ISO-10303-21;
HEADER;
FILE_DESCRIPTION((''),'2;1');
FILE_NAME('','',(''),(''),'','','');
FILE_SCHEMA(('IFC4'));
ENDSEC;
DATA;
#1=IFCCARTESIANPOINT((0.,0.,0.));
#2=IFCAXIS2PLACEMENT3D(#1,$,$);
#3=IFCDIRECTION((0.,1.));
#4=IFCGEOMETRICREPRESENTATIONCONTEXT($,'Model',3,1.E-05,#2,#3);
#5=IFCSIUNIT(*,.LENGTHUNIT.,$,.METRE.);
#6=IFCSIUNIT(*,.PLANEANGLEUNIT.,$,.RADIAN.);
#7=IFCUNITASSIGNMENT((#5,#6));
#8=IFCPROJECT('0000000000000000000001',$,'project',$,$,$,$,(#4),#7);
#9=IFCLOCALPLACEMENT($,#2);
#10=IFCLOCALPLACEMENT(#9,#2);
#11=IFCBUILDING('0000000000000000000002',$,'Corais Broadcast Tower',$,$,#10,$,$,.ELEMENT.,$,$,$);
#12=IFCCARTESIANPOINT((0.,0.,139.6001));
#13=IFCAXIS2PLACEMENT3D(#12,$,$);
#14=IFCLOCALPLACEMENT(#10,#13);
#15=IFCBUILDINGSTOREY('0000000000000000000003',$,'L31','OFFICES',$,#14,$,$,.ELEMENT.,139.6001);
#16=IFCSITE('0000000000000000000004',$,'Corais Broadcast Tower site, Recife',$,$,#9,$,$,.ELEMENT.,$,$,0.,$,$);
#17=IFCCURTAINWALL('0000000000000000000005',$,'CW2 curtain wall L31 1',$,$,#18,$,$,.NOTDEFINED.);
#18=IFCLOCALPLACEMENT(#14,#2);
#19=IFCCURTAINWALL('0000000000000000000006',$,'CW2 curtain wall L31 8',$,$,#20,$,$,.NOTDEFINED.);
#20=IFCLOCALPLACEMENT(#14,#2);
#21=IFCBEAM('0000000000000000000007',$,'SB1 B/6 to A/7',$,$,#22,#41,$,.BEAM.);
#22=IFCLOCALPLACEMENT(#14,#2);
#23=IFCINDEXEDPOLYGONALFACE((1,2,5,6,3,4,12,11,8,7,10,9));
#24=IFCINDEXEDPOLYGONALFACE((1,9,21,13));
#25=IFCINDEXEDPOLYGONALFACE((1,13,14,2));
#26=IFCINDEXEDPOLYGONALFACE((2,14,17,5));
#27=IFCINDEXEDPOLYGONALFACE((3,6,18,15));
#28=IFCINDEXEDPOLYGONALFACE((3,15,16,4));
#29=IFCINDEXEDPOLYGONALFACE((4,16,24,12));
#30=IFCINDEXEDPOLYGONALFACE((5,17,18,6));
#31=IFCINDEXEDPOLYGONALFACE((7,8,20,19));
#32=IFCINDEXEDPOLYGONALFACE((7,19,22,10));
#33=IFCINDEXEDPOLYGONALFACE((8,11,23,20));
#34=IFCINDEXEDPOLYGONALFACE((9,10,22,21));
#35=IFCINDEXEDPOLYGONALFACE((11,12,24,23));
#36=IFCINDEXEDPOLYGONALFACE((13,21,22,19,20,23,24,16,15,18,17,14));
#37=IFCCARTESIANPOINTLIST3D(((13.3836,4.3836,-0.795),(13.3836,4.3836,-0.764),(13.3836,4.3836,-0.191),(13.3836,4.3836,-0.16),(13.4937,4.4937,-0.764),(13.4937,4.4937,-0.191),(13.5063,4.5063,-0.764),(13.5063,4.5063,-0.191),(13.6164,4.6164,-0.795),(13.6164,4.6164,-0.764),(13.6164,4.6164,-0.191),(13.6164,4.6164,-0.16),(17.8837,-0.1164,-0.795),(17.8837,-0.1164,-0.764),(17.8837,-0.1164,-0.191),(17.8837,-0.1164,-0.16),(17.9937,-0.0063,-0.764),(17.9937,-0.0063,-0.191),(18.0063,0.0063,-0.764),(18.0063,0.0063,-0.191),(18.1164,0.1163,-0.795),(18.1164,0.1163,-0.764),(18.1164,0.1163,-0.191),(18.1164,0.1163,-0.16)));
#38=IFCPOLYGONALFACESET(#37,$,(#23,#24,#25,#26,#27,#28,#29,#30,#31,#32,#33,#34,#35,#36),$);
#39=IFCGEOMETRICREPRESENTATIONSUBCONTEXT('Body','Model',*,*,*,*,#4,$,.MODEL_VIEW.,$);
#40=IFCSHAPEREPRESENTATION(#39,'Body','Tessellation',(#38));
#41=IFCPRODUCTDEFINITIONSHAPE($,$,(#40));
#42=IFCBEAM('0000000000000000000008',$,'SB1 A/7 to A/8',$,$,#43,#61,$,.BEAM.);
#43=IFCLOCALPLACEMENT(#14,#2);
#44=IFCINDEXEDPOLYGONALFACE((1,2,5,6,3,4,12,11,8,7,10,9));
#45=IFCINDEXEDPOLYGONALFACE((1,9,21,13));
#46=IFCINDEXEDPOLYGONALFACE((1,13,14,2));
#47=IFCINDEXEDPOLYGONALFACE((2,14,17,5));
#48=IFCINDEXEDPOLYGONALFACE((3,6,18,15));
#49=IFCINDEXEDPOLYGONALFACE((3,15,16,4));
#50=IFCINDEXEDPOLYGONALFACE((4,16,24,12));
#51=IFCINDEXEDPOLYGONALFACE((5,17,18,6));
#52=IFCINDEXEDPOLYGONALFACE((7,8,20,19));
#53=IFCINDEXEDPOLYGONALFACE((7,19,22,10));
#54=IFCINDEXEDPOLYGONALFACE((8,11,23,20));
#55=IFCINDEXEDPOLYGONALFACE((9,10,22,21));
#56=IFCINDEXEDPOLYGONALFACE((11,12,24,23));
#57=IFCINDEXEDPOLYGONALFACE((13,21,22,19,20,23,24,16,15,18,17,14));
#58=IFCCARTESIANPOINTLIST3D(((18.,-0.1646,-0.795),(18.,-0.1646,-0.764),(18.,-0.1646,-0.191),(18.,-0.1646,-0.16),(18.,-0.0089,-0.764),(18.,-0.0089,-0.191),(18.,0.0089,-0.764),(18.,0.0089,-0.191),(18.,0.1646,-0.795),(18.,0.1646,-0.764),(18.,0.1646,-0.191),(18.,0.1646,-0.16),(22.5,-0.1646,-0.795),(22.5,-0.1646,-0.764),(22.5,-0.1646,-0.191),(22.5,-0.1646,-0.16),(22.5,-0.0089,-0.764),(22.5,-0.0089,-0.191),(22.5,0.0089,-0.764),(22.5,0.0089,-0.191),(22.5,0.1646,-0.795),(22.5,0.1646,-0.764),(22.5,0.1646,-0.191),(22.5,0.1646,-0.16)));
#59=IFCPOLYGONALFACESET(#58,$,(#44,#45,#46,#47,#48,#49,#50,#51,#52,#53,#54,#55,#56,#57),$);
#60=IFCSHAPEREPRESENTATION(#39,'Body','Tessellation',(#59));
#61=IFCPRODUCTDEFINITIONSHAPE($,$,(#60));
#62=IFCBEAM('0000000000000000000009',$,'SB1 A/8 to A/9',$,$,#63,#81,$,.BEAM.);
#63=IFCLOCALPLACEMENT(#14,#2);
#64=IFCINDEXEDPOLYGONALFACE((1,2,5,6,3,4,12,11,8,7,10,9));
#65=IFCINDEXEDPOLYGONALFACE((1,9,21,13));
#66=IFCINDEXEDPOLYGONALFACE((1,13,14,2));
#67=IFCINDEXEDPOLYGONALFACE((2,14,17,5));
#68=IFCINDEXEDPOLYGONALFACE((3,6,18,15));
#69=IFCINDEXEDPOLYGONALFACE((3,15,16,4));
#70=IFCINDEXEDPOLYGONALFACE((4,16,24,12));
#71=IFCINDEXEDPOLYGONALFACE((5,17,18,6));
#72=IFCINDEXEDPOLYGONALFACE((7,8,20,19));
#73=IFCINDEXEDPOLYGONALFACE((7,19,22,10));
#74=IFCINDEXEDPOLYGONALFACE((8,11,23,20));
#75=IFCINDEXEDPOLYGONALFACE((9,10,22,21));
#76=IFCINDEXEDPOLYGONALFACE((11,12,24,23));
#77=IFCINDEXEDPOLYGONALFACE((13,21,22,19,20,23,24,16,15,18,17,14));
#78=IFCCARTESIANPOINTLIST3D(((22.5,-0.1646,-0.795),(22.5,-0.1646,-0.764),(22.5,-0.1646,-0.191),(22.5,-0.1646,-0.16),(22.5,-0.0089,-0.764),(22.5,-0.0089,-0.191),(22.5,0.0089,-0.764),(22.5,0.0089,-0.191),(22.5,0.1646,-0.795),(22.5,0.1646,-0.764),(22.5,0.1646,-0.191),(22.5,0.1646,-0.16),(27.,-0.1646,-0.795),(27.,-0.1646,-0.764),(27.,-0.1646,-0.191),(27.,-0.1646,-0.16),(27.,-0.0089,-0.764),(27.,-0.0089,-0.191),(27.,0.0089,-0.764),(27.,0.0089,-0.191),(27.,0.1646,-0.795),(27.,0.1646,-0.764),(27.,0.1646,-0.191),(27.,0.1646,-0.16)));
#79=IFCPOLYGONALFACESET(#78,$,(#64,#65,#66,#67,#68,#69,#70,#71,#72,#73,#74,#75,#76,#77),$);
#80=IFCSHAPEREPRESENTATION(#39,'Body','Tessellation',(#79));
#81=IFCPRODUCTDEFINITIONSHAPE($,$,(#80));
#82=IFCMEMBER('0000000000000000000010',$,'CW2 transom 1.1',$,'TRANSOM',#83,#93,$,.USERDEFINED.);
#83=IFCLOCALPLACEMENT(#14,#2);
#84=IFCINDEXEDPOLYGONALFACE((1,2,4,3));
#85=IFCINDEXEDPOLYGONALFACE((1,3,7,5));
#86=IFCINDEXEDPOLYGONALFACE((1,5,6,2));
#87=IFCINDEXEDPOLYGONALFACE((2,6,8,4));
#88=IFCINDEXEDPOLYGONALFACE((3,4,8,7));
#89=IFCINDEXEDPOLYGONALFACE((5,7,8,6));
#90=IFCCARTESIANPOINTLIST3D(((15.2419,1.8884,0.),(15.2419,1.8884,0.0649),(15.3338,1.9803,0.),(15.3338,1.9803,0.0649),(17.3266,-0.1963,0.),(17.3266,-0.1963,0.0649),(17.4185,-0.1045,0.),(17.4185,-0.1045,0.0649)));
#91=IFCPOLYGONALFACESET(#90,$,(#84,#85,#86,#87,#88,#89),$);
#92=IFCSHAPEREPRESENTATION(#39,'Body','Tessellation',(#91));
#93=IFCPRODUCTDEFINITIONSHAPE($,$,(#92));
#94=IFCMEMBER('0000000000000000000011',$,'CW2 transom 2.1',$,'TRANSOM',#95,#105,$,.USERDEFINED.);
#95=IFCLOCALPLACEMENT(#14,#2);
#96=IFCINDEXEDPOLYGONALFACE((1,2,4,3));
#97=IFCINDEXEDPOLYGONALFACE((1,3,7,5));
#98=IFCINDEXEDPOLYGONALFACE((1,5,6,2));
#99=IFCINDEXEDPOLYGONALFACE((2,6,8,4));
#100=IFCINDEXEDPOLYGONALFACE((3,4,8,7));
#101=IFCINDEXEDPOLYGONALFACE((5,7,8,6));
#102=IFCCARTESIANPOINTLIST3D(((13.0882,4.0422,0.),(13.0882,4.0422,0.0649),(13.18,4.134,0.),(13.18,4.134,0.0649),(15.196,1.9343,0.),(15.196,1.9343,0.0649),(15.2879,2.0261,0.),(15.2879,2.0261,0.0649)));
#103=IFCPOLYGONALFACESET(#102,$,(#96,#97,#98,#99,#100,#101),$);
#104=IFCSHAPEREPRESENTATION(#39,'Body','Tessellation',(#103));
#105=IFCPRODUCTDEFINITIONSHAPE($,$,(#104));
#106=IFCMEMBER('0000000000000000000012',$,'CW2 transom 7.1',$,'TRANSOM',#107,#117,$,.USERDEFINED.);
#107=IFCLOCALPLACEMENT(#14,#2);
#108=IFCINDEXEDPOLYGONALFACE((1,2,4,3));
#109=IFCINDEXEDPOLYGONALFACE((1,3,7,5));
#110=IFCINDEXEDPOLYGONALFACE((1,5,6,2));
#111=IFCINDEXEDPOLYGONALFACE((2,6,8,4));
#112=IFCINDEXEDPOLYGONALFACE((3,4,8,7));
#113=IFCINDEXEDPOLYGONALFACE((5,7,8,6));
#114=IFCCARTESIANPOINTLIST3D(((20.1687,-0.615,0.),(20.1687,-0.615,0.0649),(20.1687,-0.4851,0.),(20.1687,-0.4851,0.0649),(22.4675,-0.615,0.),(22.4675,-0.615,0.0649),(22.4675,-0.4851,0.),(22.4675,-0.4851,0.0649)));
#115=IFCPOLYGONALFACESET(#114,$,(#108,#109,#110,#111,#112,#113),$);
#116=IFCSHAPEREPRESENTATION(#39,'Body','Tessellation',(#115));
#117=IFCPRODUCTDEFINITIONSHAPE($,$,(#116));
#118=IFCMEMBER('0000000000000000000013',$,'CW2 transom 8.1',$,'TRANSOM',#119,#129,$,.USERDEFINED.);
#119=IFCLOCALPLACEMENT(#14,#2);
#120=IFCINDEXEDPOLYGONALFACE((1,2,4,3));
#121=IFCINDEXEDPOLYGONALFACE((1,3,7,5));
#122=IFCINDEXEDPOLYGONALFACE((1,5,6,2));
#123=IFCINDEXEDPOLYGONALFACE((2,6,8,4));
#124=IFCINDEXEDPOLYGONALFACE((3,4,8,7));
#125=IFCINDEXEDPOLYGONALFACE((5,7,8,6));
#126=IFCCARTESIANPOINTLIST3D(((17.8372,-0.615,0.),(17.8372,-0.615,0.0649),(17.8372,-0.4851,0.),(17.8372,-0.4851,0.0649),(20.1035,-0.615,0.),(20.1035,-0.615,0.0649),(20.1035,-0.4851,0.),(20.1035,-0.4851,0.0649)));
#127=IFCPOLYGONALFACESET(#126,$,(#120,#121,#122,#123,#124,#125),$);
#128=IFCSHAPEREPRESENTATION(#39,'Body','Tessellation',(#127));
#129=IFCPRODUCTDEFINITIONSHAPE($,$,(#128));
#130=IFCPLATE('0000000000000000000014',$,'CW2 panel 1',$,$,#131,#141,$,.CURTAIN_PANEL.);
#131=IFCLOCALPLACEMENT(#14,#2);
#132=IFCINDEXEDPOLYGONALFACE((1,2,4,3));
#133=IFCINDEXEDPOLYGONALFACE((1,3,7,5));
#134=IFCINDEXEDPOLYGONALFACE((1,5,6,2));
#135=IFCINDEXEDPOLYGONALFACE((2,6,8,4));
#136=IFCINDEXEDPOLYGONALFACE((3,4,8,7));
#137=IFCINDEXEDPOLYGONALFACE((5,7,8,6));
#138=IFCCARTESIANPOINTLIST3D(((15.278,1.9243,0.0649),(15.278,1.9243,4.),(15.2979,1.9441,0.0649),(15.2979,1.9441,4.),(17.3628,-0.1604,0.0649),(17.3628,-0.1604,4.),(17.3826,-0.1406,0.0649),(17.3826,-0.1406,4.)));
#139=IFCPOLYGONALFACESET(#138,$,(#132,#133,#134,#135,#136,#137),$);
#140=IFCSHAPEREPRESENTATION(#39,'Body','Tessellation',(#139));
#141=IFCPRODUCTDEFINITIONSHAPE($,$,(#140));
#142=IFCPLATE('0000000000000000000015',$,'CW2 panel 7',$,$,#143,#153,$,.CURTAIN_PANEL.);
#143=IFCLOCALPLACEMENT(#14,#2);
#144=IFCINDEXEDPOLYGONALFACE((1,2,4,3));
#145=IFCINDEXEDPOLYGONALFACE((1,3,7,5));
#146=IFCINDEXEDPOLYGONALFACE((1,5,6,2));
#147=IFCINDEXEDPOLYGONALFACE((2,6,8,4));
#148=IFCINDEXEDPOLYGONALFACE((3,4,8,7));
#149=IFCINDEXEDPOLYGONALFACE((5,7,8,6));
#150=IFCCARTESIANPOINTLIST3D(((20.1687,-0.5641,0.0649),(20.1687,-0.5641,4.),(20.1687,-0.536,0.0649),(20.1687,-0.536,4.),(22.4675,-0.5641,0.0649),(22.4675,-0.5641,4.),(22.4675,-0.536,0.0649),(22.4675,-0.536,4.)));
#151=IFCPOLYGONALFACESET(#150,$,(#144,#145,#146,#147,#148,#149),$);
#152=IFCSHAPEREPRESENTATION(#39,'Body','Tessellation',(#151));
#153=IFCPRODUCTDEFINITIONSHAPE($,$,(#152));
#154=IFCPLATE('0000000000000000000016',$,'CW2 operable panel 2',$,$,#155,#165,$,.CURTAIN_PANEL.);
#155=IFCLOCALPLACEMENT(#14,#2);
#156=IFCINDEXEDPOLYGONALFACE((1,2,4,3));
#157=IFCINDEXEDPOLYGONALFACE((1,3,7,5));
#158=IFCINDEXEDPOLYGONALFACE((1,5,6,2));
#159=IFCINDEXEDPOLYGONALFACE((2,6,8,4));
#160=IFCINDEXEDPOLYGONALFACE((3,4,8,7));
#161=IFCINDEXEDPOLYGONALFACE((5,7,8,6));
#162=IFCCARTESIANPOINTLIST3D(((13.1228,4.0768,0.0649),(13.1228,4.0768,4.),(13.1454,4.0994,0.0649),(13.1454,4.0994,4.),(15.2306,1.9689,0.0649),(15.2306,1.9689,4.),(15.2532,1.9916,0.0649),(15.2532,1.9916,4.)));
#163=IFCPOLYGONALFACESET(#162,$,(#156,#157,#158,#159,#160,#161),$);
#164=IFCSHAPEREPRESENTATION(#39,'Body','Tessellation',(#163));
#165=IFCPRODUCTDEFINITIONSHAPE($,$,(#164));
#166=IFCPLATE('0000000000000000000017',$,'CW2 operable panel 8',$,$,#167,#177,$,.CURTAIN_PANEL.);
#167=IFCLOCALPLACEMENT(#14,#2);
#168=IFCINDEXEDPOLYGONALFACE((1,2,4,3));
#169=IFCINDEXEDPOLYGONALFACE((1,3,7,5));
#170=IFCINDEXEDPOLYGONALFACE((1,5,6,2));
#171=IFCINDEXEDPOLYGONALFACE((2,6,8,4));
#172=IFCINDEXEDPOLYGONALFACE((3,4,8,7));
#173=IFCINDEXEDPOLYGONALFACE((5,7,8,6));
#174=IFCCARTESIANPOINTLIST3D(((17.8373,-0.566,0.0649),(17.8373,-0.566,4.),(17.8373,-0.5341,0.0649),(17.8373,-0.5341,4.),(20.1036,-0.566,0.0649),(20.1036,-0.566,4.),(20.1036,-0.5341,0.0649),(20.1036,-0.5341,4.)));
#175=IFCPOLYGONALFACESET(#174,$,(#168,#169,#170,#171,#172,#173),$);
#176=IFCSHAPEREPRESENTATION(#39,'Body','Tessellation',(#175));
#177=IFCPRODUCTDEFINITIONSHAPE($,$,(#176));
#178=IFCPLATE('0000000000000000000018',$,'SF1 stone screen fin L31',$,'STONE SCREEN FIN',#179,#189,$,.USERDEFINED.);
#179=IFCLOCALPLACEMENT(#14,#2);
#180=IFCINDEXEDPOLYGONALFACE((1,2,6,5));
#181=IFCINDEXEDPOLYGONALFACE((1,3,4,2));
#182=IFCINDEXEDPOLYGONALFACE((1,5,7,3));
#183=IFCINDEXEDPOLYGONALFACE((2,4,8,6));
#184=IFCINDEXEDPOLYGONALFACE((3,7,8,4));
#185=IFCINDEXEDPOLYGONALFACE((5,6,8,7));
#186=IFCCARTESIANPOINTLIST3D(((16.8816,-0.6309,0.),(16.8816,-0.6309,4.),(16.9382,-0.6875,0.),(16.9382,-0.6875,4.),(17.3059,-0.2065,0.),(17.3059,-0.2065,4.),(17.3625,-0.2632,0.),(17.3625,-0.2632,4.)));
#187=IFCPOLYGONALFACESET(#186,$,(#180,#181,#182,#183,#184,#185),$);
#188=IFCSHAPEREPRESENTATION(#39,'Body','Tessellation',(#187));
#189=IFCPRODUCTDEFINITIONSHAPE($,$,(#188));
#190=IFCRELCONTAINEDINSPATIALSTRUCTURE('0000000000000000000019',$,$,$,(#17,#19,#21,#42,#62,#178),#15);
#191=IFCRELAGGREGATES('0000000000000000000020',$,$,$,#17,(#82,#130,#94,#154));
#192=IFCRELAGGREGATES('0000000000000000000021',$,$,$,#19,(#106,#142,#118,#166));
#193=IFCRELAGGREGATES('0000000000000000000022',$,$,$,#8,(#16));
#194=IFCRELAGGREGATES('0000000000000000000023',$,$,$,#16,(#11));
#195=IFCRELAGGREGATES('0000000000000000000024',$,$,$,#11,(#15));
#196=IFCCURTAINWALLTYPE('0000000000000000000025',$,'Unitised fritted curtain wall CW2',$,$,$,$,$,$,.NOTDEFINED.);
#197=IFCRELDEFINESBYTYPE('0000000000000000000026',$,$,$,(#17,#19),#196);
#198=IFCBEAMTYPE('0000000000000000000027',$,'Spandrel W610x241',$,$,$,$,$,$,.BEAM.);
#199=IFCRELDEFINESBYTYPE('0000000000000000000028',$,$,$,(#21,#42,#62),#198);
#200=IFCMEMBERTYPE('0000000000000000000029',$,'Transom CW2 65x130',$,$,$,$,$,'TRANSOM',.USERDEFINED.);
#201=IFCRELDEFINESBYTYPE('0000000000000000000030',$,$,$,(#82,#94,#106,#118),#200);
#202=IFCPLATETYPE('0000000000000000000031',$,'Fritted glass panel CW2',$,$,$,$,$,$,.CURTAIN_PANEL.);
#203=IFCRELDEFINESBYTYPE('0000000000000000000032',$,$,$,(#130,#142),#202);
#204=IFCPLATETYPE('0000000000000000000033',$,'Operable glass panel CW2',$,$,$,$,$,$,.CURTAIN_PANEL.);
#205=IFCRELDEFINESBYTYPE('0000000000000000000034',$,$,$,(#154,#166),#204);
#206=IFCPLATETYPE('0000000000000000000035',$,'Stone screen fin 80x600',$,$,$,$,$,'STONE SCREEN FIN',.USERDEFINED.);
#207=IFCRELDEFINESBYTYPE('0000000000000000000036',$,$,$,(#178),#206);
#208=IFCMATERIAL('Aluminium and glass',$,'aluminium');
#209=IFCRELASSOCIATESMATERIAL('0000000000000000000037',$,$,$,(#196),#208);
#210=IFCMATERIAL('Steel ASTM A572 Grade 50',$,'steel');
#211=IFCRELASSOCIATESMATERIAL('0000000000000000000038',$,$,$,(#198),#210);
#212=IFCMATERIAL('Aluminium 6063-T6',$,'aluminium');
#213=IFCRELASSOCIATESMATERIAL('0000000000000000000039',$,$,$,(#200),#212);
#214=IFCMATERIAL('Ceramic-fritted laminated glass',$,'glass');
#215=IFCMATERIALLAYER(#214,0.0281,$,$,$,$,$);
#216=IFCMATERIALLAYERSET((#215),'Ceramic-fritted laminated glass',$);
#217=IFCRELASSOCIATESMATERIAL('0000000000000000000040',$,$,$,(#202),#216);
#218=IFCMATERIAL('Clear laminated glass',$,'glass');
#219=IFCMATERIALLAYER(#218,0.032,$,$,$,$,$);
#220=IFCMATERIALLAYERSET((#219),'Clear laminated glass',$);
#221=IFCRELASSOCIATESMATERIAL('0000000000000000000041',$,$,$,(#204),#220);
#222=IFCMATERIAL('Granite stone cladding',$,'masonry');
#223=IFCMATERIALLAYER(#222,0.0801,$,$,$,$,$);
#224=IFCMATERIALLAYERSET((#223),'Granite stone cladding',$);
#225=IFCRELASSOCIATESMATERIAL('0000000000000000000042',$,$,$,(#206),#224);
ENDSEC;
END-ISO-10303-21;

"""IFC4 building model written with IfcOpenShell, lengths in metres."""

from ifc_helpers import new_model, si_unit, direction, frame, origin, origin_2d, place, context, subcontext, project, spatial, rectangle, i_section, extrude, material, layer, layer_set, material_profile, profile_set, type_object, element, aggregate, save


model = new_model("IFC4")

# Units and contexts
model_context = context("Model", 3, precision=1e-05, world=origin(), true_north=direction((0.0, 1.0)))
body_context = subcontext(model_context, "Body", "Model", "MODEL_VIEW")
ifc_project = project(units=[si_unit("LENGTHUNIT", "METRE"), si_unit("PLANEANGLEUNIT", "RADIAN")], contexts=[model_context])

# Site, building, storey
site_placement = place(None, origin())
site = spatial("IfcSite", under=ifc_project, at=site_placement, Name="Corais Broadcast Tower site, Recife", CompositionType="ELEMENT", RefElevation=0.0)
building_placement = place(site_placement, origin())
building = spatial("IfcBuilding", under=site, at=building_placement, Name="Corais Broadcast Tower", CompositionType="ELEMENT")
storey_placement = place(building_placement, frame((0.0, 0.0, 139.6001)))
storey = spatial("IfcBuildingStorey", under=building, at=storey_placement, Name="L31", Description="OFFICES", CompositionType="ELEMENT", Elevation=139.6001)

# Curtain walls
ifc_material_1 = material(Name="Aluminium and glass", Category="aluminium")
curtain_wall_type = type_object("IfcCurtainWallType", Name="Unitised fritted curtain wall CW2", PredefinedType="NOTDEFINED", material=ifc_material_1)
curtain_wall_1_placement = place(storey_placement, origin())
curtain_wall_1 = element("IfcCurtainWall", 1, at=curtain_wall_1_placement, inside=storey, type_object=curtain_wall_type, Name="CW2 curtain wall L31 1", PredefinedType="NOTDEFINED")
curtain_wall_2_placement = place(storey_placement, origin())
curtain_wall_2 = element("IfcCurtainWall", 2, at=curtain_wall_2_placement, inside=storey, type_object=curtain_wall_type, Name="CW2 curtain wall L31 8", PredefinedType="NOTDEFINED")

# Beams
ifc_material_2 = material(Name="Steel ASTM A572 Grade 50", Category="steel")
ifc_material_profile_1 = material_profile(ifc_material_2, i_section(OverallWidth=0.3291, OverallDepth=0.635, WebThickness=0.0178, FlangeThickness=0.031, at=origin_2d()), Name="W610x241")
ifc_profile_set_1 = profile_set([ifc_material_profile_1], Name="Steel ASTM A572 Grade 50")
beam_type_1 = type_object("IfcBeamType", Name="Spandrel W610x241", PredefinedType="BEAM", material=ifc_profile_set_1)
beam_1_placement = place(storey_placement, frame((13.5, 4.5, -0.4775), z_axis=(0.707107, -0.707107, 0.0), x_axis=(0.707107, 0.707107, 0.0)))
element("IfcBeam", 3, at=beam_1_placement, inside=storey, type_object=beam_type_1, Name="SB1 B/6 to A/7", PredefinedType="BEAM", context=body_context, shape_type="SweptSolid", body=[
    extrude(i_section(OverallWidth=0.3291, OverallDepth=0.635, WebThickness=0.0178, FlangeThickness=0.031, at=origin_2d()), origin(), (0.0, 0.0, 1.0), 6.364),
])
for number, where, z_axis, x_axis, name in (
    (4, (18.0, 0.0, -0.4775), (1.0, 0.0, 0.0), (0.0, 1.0, 0.0), "SB1 A/7 to A/8"),
    (5, (22.5, 0.0, -0.4775), (1.0, 0.0, 0.0), (0.0, 1.0, 0.0), "SB1 A/8 to A/9"),
):
    element("IfcBeam", number, at=place(storey_placement, frame(where, z_axis=z_axis, x_axis=x_axis)), inside=storey, type_object=beam_type_1, Name=name, PredefinedType="BEAM", context=body_context, shape_type="SweptSolid", body=[
        extrude(i_section(OverallWidth=0.3291, OverallDepth=0.635, WebThickness=0.0178, FlangeThickness=0.031, at=origin_2d()), origin(), (0.0, 0.0, 1.0), 4.5),
    ])

# Members
ifc_material_3 = material(Name="Aluminium 6063-T6", Category="aluminium")
ifc_material_profile_2 = material_profile(ifc_material_3, rectangle(XDim=0.1299, YDim=0.0649, at=origin_2d()), Name="Transom CW2 65x130")
ifc_profile_set_2 = profile_set([ifc_material_profile_2], Name="Aluminium 6063-T6")
member_type_1 = type_object("IfcMemberType", Name="Transom CW2 65x130", ElementType="TRANSOM", PredefinedType="USERDEFINED", material=ifc_profile_set_2)
member_1_placement = place(storey_placement, frame((17.3726, -0.1504, 0.0325), z_axis=(-0.707107, 0.707107, 0.0), x_axis=(-0.707107, -0.707107, 0.0)))
member_1 = element("IfcMember", 6, at=member_1_placement, type_object=member_type_1, Name="CW2 transom 1.1", ObjectType="TRANSOM", PredefinedType="USERDEFINED", context=body_context, shape_type="SweptSolid", body=[
    extrude(rectangle(XDim=0.1299, YDim=0.0649, at=origin_2d()), origin(), (0.0, 0.0, 1.0), 2.9482),
])
member_2_placement = place(storey_placement, frame((15.2419, 1.9802, 0.0325), z_axis=(-0.707107, 0.707107, 0.0), x_axis=(-0.707107, -0.707107, 0.0)))
member_2 = element("IfcMember", 7, at=member_2_placement, type_object=member_type_1, Name="CW2 transom 2.1", ObjectType="TRANSOM", PredefinedType="USERDEFINED", context=body_context, shape_type="SweptSolid", body=[
    extrude(rectangle(XDim=0.1299, YDim=0.0649, at=origin_2d()), origin(), (0.0, 0.0, 1.0), 2.981),
])
member_3_placement = place(storey_placement, frame((22.4675, -0.55, 0.0325), z_axis=(-1.0, 0.0, 0.0), x_axis=(0.0, -1.0, 0.0)))
member_3 = element("IfcMember", 8, at=member_3_placement, type_object=member_type_1, Name="CW2 transom 7.1", ObjectType="TRANSOM", PredefinedType="USERDEFINED", context=body_context, shape_type="SweptSolid", body=[
    extrude(rectangle(XDim=0.1299, YDim=0.0649, at=origin_2d()), origin(), (0.0, 0.0, 1.0), 2.2988),
])
member_4_placement = place(storey_placement, frame((20.1035, -0.55, 0.0325), z_axis=(-1.0, 0.0, 0.0), x_axis=(0.0, -1.0, 0.0)))
member_4 = element("IfcMember", 9, at=member_4_placement, type_object=member_type_1, Name="CW2 transom 8.1", ObjectType="TRANSOM", PredefinedType="USERDEFINED", context=body_context, shape_type="SweptSolid", body=[
    extrude(rectangle(XDim=0.1299, YDim=0.0649, at=origin_2d()), origin(), (0.0, 0.0, 1.0), 2.2664),
])

# Plates
ifc_material_4 = material(Name="Ceramic-fritted laminated glass", Category="glass")
ifc_layer_1 = layer(ifc_material_4, 0.0281)
ifc_layer_set_1 = layer_set([ifc_layer_1], Name="Ceramic-fritted laminated glass")
plate_type_1 = type_object("IfcPlateType", Name="Fritted glass panel CW2", PredefinedType="CURTAIN_PANEL", material=ifc_layer_set_1)
plate_1_placement = place(storey_placement, frame((16.3303, 0.8918, 0.0649), z_axis=(0.0, 0.0, 1.0), x_axis=(-0.707107, 0.707107, 0.0)))
plate_1 = element("IfcPlate", 10, at=plate_1_placement, type_object=plate_type_1, Name="CW2 panel 1", PredefinedType="CURTAIN_PANEL", context=body_context, shape_type="SweptSolid", body=[
    extrude(rectangle(XDim=2.9482, YDim=0.0281, at=origin_2d()), origin(), (0.0, 0.0, 1.0), 3.9351),
])
plate_2_placement = place(storey_placement, frame((21.3181, -0.55, 0.0649), z_axis=(0.0, 0.0, 1.0), x_axis=(-1.0, 0.0, 0.0)))
plate_2 = element("IfcPlate", 11, at=plate_2_placement, type_object=plate_type_1, Name="CW2 panel 7", PredefinedType="CURTAIN_PANEL", context=body_context, shape_type="SweptSolid", body=[
    extrude(rectangle(XDim=2.2988, YDim=0.0281, at=origin_2d()), origin(), (0.0, 0.0, 1.0), 3.9351),
])
ifc_material_5 = material(Name="Clear laminated glass", Category="glass")
ifc_layer_2 = layer(ifc_material_5, 0.032)
ifc_layer_set_2 = layer_set([ifc_layer_2], Name="Clear laminated glass")
plate_type_2 = type_object("IfcPlateType", Name="Operable glass panel CW2", PredefinedType="CURTAIN_PANEL", material=ifc_layer_set_2)
plate_3_placement = place(storey_placement, frame((14.188, 3.0342, 0.0649), z_axis=(0.0, 0.0, 1.0), x_axis=(-0.707107, 0.707107, 0.0)))
plate_3 = element("IfcPlate", 12, at=plate_3_placement, type_object=plate_type_2, Name="CW2 operable panel 2", PredefinedType="CURTAIN_PANEL", context=body_context, shape_type="SweptSolid", body=[
    extrude(rectangle(XDim=2.981, YDim=0.032, at=origin_2d()), origin(), (0.0, 0.0, 1.0), 3.9351),
])
aggregate(curtain_wall_1, [member_1, plate_1, member_2, plate_3])
plate_4_placement = place(storey_placement, frame((18.9705, -0.55, 0.0649), z_axis=(0.0, 0.0, 1.0), x_axis=(-1.0, 0.0, 0.0)))
plate_4 = element("IfcPlate", 13, at=plate_4_placement, type_object=plate_type_2, Name="CW2 operable panel 8", PredefinedType="CURTAIN_PANEL", context=body_context, shape_type="SweptSolid", body=[
    extrude(rectangle(XDim=2.2664, YDim=0.032, at=origin_2d()), origin(), (0.0, 0.0, 1.0), 3.9351),
])
aggregate(curtain_wall_2, [member_3, plate_2, member_4, plate_4])
ifc_material_6 = material(Name="Granite stone cladding", Category="masonry")
ifc_layer_3 = layer(ifc_material_6, 0.0801)
ifc_layer_set_3 = layer_set([ifc_layer_3], Name="Granite stone cladding")
plate_type_3 = type_object("IfcPlateType", Name="Stone screen fin 80x600", ElementType="STONE SCREEN FIN", PredefinedType="USERDEFINED", material=ifc_layer_set_3)
plate_5_placement = place(storey_placement, frame((17.1221, -0.447, 0.0), z_axis=(0.0, 0.0, 1.0), x_axis=(-0.707107, 0.707107, 0.0)))
element("IfcPlate", 14, at=plate_5_placement, inside=storey, type_object=plate_type_3, Name="SF1 stone screen fin L31", ObjectType="STONE SCREEN FIN", PredefinedType="USERDEFINED", context=body_context, shape_type="SweptSolid", body=[
    extrude(rectangle(XDim=0.0801, YDim=0.6001, at=origin_2d()), origin(), (0.0, 0.0, 1.0), 4.0),
])

save(model, "model.ifc")
